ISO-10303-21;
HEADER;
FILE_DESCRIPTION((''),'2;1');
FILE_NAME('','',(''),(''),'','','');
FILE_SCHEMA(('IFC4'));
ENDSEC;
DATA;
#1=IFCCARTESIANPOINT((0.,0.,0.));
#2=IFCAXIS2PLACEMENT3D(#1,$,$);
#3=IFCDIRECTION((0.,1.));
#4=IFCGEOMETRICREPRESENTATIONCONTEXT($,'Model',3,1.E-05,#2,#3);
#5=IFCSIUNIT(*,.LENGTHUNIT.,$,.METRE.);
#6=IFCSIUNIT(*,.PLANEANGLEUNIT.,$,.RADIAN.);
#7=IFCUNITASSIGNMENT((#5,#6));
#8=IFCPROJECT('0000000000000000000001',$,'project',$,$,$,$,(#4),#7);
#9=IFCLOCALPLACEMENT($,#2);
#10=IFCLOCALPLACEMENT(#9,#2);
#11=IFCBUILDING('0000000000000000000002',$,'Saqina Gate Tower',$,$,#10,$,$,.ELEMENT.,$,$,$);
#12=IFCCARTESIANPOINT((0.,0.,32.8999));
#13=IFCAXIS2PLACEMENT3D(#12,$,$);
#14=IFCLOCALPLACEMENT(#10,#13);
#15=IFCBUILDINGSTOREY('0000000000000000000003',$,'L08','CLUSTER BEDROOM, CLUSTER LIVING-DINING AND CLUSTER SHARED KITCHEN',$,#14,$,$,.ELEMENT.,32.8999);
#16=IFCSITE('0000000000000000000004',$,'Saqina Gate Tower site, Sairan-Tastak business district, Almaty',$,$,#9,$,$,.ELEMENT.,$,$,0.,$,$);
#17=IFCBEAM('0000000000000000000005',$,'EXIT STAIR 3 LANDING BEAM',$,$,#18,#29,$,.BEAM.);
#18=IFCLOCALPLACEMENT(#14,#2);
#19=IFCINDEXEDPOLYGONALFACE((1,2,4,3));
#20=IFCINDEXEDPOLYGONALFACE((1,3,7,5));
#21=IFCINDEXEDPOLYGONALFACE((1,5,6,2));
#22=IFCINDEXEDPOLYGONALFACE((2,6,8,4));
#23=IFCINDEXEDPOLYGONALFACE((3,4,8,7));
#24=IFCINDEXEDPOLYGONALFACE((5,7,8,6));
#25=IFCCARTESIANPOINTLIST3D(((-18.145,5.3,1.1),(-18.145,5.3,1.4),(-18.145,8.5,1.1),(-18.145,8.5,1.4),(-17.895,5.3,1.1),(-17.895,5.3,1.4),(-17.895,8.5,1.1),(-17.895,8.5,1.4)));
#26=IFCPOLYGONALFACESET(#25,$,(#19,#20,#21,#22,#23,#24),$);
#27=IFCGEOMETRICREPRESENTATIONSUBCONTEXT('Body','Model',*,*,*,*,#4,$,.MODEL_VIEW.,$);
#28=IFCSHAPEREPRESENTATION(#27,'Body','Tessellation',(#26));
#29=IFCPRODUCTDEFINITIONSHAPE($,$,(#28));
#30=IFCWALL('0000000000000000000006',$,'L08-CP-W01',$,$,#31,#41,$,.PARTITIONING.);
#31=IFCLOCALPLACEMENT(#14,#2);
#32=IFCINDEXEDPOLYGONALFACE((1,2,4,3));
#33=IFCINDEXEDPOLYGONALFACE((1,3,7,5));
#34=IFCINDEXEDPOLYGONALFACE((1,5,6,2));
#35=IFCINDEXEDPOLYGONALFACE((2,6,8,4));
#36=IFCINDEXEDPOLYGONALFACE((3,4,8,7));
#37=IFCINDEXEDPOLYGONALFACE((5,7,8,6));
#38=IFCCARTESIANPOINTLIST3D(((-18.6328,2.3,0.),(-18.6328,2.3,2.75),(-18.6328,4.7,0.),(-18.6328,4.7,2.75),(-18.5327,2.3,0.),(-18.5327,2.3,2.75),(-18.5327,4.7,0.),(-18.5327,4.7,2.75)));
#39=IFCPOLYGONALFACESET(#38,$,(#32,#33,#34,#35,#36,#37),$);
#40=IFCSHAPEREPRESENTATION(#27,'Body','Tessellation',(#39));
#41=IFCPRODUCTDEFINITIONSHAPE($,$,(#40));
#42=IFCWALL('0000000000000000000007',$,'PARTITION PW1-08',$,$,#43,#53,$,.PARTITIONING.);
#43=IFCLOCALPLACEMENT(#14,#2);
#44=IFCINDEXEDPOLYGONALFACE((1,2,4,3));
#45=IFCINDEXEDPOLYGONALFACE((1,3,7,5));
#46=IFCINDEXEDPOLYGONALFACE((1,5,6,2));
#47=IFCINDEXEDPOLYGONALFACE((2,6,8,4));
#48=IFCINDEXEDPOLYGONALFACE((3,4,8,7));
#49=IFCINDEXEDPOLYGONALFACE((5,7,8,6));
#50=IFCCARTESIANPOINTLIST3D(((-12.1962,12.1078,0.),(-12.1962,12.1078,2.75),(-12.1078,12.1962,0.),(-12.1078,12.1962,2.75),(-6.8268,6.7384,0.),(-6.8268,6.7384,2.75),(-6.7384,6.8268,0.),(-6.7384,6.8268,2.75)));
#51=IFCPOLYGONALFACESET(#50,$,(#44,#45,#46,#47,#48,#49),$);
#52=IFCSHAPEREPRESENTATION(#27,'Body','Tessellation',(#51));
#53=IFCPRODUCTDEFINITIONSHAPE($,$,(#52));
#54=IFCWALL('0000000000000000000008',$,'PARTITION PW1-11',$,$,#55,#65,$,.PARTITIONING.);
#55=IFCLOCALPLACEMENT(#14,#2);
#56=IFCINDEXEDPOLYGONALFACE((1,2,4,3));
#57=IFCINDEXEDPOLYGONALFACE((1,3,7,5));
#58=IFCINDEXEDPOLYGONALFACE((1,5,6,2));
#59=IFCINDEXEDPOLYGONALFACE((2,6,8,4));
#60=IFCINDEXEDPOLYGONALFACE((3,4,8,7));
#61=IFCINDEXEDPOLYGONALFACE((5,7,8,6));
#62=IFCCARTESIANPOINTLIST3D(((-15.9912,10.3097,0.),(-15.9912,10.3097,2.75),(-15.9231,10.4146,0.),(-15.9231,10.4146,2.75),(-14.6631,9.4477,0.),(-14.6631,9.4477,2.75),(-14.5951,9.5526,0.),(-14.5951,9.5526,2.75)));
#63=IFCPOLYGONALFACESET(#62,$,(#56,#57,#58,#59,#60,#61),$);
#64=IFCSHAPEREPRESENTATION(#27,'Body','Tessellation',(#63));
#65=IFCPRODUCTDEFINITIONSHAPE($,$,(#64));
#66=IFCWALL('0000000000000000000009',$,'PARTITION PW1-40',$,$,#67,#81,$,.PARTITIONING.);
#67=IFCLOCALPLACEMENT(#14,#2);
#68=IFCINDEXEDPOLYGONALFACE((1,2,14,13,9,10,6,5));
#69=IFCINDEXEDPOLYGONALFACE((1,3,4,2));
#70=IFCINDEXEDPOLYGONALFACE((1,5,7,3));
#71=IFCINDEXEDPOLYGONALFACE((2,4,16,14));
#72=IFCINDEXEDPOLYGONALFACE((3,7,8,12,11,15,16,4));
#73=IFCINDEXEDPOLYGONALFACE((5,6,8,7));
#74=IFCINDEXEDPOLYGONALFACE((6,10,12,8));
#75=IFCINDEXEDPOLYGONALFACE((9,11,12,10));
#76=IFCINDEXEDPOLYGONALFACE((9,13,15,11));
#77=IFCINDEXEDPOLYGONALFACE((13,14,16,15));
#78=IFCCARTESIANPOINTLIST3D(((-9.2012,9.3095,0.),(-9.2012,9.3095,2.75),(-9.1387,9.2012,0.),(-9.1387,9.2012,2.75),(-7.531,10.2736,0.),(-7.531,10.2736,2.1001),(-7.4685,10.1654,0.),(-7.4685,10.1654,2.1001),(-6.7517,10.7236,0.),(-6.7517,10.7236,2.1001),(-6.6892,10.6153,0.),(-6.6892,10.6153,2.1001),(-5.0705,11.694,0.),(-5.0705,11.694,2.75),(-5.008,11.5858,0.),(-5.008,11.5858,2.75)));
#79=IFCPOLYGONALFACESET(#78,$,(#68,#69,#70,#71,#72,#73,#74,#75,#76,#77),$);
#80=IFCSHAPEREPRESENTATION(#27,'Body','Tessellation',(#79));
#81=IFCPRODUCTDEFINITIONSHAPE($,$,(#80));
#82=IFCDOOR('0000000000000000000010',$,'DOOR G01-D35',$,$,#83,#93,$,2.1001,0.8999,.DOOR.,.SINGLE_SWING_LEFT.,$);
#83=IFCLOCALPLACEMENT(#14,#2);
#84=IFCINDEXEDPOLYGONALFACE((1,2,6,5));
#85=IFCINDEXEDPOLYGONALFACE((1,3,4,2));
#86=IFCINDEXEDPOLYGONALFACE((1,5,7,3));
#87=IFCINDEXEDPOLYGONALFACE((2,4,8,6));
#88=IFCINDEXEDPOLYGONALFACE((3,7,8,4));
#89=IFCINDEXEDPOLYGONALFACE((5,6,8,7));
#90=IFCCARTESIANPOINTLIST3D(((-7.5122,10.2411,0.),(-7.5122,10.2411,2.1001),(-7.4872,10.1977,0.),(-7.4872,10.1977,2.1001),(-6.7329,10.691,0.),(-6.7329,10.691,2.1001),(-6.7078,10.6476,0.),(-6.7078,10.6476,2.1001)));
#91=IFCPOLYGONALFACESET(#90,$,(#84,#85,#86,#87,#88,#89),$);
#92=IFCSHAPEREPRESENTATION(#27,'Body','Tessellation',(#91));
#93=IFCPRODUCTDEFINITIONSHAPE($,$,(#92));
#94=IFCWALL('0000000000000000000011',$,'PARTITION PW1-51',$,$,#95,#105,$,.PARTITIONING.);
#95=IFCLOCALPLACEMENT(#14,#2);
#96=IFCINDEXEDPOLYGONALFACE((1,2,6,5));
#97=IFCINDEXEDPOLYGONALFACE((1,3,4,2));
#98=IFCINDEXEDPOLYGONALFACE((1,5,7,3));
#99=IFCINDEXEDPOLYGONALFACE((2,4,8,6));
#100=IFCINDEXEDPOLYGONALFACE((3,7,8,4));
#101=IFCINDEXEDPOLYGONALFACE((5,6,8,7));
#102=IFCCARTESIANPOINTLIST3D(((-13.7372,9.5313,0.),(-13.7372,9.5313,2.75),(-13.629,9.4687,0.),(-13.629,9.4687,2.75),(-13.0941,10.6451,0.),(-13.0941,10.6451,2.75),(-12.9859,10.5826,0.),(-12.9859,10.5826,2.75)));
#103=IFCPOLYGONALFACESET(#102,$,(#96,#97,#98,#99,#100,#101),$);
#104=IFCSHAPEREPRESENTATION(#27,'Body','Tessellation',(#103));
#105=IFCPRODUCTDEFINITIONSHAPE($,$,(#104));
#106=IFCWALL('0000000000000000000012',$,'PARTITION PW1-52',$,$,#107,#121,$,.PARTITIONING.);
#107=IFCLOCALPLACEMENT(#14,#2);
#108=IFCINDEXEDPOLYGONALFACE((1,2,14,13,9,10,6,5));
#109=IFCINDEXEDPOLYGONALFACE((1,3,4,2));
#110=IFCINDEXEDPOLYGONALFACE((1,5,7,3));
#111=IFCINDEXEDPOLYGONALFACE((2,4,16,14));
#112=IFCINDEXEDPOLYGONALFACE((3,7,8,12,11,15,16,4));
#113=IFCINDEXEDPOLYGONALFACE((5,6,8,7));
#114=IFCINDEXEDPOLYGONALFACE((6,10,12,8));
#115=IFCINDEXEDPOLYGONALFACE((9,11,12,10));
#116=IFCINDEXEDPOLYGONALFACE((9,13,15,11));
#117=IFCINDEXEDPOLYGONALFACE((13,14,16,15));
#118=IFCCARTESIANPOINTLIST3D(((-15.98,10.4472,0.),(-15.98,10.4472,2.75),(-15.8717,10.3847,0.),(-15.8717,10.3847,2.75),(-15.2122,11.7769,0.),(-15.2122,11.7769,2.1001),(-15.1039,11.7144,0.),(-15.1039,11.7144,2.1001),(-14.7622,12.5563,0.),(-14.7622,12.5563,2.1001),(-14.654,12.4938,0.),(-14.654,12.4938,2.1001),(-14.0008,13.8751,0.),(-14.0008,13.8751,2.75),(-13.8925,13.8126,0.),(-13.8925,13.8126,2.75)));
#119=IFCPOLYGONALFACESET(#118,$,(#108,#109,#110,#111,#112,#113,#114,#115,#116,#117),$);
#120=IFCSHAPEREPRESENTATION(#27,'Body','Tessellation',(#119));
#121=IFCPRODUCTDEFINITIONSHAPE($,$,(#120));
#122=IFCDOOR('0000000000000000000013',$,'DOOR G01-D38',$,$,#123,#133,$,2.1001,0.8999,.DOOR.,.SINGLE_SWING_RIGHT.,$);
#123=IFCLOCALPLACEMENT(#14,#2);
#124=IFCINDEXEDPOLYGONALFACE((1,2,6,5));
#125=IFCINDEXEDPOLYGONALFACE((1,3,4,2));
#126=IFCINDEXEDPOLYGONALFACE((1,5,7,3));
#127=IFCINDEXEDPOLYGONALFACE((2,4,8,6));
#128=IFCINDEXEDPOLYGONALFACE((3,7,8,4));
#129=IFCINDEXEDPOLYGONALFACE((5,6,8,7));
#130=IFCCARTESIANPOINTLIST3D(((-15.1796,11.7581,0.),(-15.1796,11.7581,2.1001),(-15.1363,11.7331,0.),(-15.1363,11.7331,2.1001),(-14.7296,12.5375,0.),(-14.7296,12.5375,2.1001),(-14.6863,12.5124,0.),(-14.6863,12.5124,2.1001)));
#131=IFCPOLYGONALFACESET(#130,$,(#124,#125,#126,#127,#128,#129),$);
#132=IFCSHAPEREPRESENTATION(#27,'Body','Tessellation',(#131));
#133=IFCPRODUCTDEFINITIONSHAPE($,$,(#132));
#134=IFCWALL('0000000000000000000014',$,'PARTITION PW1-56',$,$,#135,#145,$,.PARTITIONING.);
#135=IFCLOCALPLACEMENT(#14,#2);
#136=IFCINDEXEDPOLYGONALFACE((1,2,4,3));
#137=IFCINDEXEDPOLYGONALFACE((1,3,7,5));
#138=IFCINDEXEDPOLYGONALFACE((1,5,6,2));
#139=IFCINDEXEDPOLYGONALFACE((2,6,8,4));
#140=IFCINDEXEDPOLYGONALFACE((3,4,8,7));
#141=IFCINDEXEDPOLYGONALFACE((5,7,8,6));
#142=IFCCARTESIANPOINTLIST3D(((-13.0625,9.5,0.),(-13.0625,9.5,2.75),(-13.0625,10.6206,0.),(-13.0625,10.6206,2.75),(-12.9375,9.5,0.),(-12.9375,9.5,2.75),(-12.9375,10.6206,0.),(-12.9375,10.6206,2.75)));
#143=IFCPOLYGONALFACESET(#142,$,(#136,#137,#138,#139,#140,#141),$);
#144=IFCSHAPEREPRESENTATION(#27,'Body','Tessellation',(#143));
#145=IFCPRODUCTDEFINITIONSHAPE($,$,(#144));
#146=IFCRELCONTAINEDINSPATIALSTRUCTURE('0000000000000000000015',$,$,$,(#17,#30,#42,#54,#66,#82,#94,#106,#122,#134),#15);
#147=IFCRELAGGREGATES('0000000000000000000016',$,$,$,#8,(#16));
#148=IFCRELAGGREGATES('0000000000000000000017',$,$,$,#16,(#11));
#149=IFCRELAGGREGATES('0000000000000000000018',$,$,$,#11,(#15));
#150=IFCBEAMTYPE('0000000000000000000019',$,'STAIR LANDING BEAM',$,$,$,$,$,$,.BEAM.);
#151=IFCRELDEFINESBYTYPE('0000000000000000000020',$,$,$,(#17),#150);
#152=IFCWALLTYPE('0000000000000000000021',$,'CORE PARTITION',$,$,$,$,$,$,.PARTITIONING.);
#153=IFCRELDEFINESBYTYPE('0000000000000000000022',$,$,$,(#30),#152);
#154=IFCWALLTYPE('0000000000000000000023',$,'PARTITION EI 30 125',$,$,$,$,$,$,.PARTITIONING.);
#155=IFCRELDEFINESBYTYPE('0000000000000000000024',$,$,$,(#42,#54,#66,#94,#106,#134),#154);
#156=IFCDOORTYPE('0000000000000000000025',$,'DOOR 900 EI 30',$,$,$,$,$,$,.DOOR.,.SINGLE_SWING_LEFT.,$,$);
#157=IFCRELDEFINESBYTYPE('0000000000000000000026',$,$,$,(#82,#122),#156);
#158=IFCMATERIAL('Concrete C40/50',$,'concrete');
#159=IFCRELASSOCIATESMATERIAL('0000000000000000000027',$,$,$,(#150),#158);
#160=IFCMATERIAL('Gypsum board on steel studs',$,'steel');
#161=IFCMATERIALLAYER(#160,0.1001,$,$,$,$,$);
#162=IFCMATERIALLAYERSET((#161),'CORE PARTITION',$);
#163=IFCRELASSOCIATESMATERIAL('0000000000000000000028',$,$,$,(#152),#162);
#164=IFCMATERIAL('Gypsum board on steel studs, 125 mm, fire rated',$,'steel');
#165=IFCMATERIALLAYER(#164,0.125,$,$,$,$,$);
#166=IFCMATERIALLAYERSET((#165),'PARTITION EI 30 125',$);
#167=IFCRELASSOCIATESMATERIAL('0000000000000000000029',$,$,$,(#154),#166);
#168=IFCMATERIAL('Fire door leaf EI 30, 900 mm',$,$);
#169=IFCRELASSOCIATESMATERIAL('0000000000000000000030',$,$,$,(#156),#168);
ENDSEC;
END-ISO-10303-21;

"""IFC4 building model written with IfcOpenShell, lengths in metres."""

from ifc_helpers import new_model, si_unit, direction, frame, frame_2d, origin, origin_2d, place, context, subcontext, project, spatial, rectangle, extrude, material, layer, layer_set, material_profile, profile_set, type_object, element, fill, save


model = new_model("IFC4")

# Units and contexts
model_context = context("Model", 3, precision=1e-05, world=origin(), true_north=direction((0.0, 1.0)))
body_context = subcontext(model_context, "Body", "Model", "MODEL_VIEW")
ifc_project = project(units=[si_unit("LENGTHUNIT", "METRE"), si_unit("PLANEANGLEUNIT", "RADIAN")], contexts=[model_context])

# Site, building, storey
site_placement = place(None, origin())
site = spatial("IfcSite", under=ifc_project, at=site_placement, Name="Saqina Gate Tower site, Sairan-Tastak business district, Almaty", CompositionType="ELEMENT", RefElevation=0.0)
building_placement = place(site_placement, origin())
building = spatial("IfcBuilding", under=site, at=building_placement, Name="Saqina Gate Tower", CompositionType="ELEMENT")
storey_placement = place(building_placement, frame((0.0, 0.0, 32.8999)))
storey = spatial("IfcBuildingStorey", under=building, at=storey_placement, Name="L08", Description="CLUSTER BEDROOM, CLUSTER LIVING-DINING AND CLUSTER SHARED KITCHEN", CompositionType="ELEMENT", Elevation=32.8999)

# Beam
ifc_material_1 = material(Name="Concrete C40/50", Category="concrete")
ifc_material_profile = material_profile(ifc_material_1, rectangle(XDim=0.25, YDim=0.3, at=origin_2d()), Name="STAIR LANDING BEAM")
ifc_profile_set = profile_set([ifc_material_profile], Name="Concrete C40/50")
beam_type = type_object("IfcBeamType", Name="STAIR LANDING BEAM", PredefinedType="BEAM", material=ifc_profile_set)
beam_placement = place(storey_placement, frame((-18.02, 5.3, 1.25), z_axis=(0.0, 1.0, 0.0), x_axis=(-1.0, 0.0, 0.0)))
element("IfcBeam", 1, at=beam_placement, inside=storey, type_object=beam_type, Name="EXIT STAIR 3 LANDING BEAM", PredefinedType="BEAM", context=body_context, shape_type="SweptSolid", body=[
    extrude(rectangle(XDim=0.25, YDim=0.3, at=origin_2d()), origin(), (0.0, 0.0, 1.0), 3.2),
])

# Walls
ifc_material_2 = material(Name="Gypsum board on steel studs", Category="steel")
ifc_layer_1 = layer(ifc_material_2, 0.1001)
ifc_layer_set_1 = layer_set([ifc_layer_1], Name="CORE PARTITION")
wall_type_1 = type_object("IfcWallType", Name="CORE PARTITION", PredefinedType="PARTITIONING", material=ifc_layer_set_1)
wall_1_placement = place(storey_placement, frame((-18.5828, 2.3, 0.0), z_axis=(0.0, 0.0, 1.0), x_axis=(0.0, 1.0, 0.0)))
element("IfcWall", 2, at=wall_1_placement, inside=storey, type_object=wall_type_1, Name="L08-CP-W01", PredefinedType="PARTITIONING", context=body_context, shape_type="SweptSolid", body=[
    extrude(rectangle(XDim=2.3999, YDim=0.1001, at=frame_2d((1.2, 0.0))), origin(), (0.0, 0.0, 1.0), 2.75),
])
ifc_material_3 = material(Name="Gypsum board on steel studs, 125 mm, fire rated", Category="steel")
ifc_layer_2 = layer(ifc_material_3, 0.125)
ifc_layer_set_2 = layer_set([ifc_layer_2], Name="PARTITION EI 30 125")
wall_type_2 = type_object("IfcWallType", Name="PARTITION EI 30 125", PredefinedType="PARTITIONING", material=ifc_layer_set_2)
wall_2_placement = place(storey_placement, frame((-12.1521, 12.1521, 0.0), z_axis=(0.0, 0.0, 1.0), x_axis=(0.707107, -0.707107, 0.0)))
element("IfcWall", 3, at=wall_2_placement, inside=storey, type_object=wall_type_2, Name="PARTITION PW1-08", PredefinedType="PARTITIONING", context=body_context, shape_type="SweptSolid", body=[
    extrude(rectangle(XDim=7.5935, YDim=0.125, at=frame_2d((3.7969, 0.0))), origin(), (0.0, 0.0, 1.0), 2.75),
])
wall_3_placement = place(storey_placement, frame((-15.957, 10.3621, 0.0), z_axis=(0.0, 0.0, 1.0), x_axis=(0.838796, -0.544446, 0.0)))
element("IfcWall", 4, at=wall_3_placement, inside=storey, type_object=wall_type_2, Name="PARTITION PW1-11", PredefinedType="PARTITIONING", context=body_context, shape_type="SweptSolid", body=[
    extrude(rectangle(XDim=1.5833, YDim=0.125, at=frame_2d((0.7915, 0.0))), origin(), (0.0, 0.0, 1.0), 2.75),
])

# Wall, opening, door
wall_4_placement = place(storey_placement, frame((-9.1699, 9.2554, 0.0), z_axis=(0.0, 0.0, 1.0), x_axis=(0.866052, 0.499954, 0.0)))
wall_4 = element("IfcWall", 5, at=wall_4_placement, inside=storey, type_object=wall_type_2, Name="PARTITION PW1-40", PredefinedType="PARTITIONING", context=body_context, shape_type="SweptSolid", body=[
    extrude(rectangle(XDim=4.7695, YDim=0.125, at=frame_2d((2.3848, 0.0))), origin(), (0.0, 0.0, 1.0), 2.75),
])
opening_1_placement = place(wall_4_placement, frame((1.9285, 0.0, 0.0)))
opening_1 = element("IfcOpeningElement", 6, at=opening_1_placement, cuts=wall_4, PredefinedType="OPENING", context=body_context, shape_type="SweptSolid", body=[
    extrude(rectangle(XDim=0.8999, YDim=2.1001, at=frame_2d((0.45, 1.05))), frame((0.0, 0.0745, 0.0), z_axis=(0.0, -1.0, 0.0), x_axis=(1.0, 0.0, 0.0)), (0.0, 0.0, 1.0), 0.1489),
])
ifc_material_4 = material(Name="Fire door leaf EI 30, 900 mm")
door_type_1 = type_object("IfcDoorType", Name="DOOR 900 EI 30", OperationType="SINGLE_SWING_LEFT", PredefinedType="DOOR", material=ifc_material_4)
door_1_placement = place(opening_1_placement, origin())
door_1 = element("IfcDoor", 7, at=door_1_placement, inside=storey, type_object=door_type_1, Name="DOOR G01-D35", OperationType="SINGLE_SWING_LEFT", OverallHeight=2.1001, OverallWidth=0.8999, PredefinedType="DOOR", context=body_context, shape_type="SweptSolid", body=[
    extrude(rectangle(XDim=0.8999, YDim=2.1001, at=frame_2d((0.45, 1.05))), frame((0.0, 0.0249, 0.0), z_axis=(0.0, -1.0, 0.0), x_axis=(1.0, 0.0, 0.0)), (0.0, 0.0, 1.0), 0.05),
])
fill(opening_1, door_1)

# Wall
wall_5_placement = place(storey_placement, frame((-13.6831, 9.5, 0.0), z_axis=(0.0, 0.0, 1.0), x_axis=(0.500018, 0.866015, 0.0)))
element("IfcWall", 8, at=wall_5_placement, inside=storey, type_object=wall_type_2, Name="PARTITION PW1-51", PredefinedType="PARTITIONING", context=body_context, shape_type="SweptSolid", body=[
    extrude(rectangle(XDim=1.2861, YDim=0.125, at=frame_2d((0.6431, 0.0))), origin(), (0.0, 0.0, 1.0), 2.75),
])

# Wall, opening, door
wall_6_placement = place(storey_placement, frame((-15.9258, 10.416, 0.0), z_axis=(0.0, 0.0, 1.0), x_axis=(0.50002, 0.866014, 0.0)))
wall_6 = element("IfcWall", 9, at=wall_6_placement, inside=storey, type_object=wall_type_2, Name="PARTITION PW1-52", PredefinedType="PARTITIONING", context=body_context, shape_type="SweptSolid", body=[
    extrude(rectangle(XDim=3.9583, YDim=0.125, at=frame_2d((1.979, 0.0))), origin(), (0.0, 0.0, 1.0), 2.75),
])
opening_2_placement = place(wall_6_placement, frame((1.5354, 0.0, 0.0)))
opening_2 = element("IfcOpeningElement", 10, at=opening_2_placement, cuts=wall_6, PredefinedType="OPENING", context=body_context, shape_type="SweptSolid", body=[
    extrude(rectangle(XDim=0.8999, YDim=2.1001, at=frame_2d((0.45, 1.05))), frame((0.0, 0.0745, 0.0), z_axis=(0.0, -1.0, 0.0), x_axis=(1.0, 0.0, 0.0)), (0.0, 0.0, 1.0), 0.1489),
])
door_2_placement = place(opening_2_placement, origin())
door_2 = element("IfcDoor", 11, at=door_2_placement, inside=storey, type_object=door_type_1, Name="DOOR G01-D38", OperationType="SINGLE_SWING_RIGHT", OverallHeight=2.1001, OverallWidth=0.8999, PredefinedType="DOOR", context=body_context, shape_type="SweptSolid", body=[
    extrude(rectangle(XDim=0.8999, YDim=2.1001, at=frame_2d((0.45, 1.05))), frame((0.0, 0.0249, 0.0), z_axis=(0.0, -1.0, 0.0), x_axis=(1.0, 0.0, 0.0)), (0.0, 0.0, 1.0), 0.05),
])
fill(opening_2, door_2)

# Wall
wall_7_placement = place(storey_placement, frame((-13.0, 9.5, 0.0), z_axis=(0.0, 0.0, 1.0), x_axis=(0.0, 1.0, 0.0)))
element("IfcWall", 12, at=wall_7_placement, inside=storey, type_object=wall_type_2, Name="PARTITION PW1-56", PredefinedType="PARTITIONING", context=body_context, shape_type="SweptSolid", body=[
    extrude(rectangle(XDim=1.1206, YDim=0.125, at=frame_2d((0.5603, 0.0))), origin(), (0.0, 0.0, 1.0), 2.75),
])

save(model, "model.ifc")
